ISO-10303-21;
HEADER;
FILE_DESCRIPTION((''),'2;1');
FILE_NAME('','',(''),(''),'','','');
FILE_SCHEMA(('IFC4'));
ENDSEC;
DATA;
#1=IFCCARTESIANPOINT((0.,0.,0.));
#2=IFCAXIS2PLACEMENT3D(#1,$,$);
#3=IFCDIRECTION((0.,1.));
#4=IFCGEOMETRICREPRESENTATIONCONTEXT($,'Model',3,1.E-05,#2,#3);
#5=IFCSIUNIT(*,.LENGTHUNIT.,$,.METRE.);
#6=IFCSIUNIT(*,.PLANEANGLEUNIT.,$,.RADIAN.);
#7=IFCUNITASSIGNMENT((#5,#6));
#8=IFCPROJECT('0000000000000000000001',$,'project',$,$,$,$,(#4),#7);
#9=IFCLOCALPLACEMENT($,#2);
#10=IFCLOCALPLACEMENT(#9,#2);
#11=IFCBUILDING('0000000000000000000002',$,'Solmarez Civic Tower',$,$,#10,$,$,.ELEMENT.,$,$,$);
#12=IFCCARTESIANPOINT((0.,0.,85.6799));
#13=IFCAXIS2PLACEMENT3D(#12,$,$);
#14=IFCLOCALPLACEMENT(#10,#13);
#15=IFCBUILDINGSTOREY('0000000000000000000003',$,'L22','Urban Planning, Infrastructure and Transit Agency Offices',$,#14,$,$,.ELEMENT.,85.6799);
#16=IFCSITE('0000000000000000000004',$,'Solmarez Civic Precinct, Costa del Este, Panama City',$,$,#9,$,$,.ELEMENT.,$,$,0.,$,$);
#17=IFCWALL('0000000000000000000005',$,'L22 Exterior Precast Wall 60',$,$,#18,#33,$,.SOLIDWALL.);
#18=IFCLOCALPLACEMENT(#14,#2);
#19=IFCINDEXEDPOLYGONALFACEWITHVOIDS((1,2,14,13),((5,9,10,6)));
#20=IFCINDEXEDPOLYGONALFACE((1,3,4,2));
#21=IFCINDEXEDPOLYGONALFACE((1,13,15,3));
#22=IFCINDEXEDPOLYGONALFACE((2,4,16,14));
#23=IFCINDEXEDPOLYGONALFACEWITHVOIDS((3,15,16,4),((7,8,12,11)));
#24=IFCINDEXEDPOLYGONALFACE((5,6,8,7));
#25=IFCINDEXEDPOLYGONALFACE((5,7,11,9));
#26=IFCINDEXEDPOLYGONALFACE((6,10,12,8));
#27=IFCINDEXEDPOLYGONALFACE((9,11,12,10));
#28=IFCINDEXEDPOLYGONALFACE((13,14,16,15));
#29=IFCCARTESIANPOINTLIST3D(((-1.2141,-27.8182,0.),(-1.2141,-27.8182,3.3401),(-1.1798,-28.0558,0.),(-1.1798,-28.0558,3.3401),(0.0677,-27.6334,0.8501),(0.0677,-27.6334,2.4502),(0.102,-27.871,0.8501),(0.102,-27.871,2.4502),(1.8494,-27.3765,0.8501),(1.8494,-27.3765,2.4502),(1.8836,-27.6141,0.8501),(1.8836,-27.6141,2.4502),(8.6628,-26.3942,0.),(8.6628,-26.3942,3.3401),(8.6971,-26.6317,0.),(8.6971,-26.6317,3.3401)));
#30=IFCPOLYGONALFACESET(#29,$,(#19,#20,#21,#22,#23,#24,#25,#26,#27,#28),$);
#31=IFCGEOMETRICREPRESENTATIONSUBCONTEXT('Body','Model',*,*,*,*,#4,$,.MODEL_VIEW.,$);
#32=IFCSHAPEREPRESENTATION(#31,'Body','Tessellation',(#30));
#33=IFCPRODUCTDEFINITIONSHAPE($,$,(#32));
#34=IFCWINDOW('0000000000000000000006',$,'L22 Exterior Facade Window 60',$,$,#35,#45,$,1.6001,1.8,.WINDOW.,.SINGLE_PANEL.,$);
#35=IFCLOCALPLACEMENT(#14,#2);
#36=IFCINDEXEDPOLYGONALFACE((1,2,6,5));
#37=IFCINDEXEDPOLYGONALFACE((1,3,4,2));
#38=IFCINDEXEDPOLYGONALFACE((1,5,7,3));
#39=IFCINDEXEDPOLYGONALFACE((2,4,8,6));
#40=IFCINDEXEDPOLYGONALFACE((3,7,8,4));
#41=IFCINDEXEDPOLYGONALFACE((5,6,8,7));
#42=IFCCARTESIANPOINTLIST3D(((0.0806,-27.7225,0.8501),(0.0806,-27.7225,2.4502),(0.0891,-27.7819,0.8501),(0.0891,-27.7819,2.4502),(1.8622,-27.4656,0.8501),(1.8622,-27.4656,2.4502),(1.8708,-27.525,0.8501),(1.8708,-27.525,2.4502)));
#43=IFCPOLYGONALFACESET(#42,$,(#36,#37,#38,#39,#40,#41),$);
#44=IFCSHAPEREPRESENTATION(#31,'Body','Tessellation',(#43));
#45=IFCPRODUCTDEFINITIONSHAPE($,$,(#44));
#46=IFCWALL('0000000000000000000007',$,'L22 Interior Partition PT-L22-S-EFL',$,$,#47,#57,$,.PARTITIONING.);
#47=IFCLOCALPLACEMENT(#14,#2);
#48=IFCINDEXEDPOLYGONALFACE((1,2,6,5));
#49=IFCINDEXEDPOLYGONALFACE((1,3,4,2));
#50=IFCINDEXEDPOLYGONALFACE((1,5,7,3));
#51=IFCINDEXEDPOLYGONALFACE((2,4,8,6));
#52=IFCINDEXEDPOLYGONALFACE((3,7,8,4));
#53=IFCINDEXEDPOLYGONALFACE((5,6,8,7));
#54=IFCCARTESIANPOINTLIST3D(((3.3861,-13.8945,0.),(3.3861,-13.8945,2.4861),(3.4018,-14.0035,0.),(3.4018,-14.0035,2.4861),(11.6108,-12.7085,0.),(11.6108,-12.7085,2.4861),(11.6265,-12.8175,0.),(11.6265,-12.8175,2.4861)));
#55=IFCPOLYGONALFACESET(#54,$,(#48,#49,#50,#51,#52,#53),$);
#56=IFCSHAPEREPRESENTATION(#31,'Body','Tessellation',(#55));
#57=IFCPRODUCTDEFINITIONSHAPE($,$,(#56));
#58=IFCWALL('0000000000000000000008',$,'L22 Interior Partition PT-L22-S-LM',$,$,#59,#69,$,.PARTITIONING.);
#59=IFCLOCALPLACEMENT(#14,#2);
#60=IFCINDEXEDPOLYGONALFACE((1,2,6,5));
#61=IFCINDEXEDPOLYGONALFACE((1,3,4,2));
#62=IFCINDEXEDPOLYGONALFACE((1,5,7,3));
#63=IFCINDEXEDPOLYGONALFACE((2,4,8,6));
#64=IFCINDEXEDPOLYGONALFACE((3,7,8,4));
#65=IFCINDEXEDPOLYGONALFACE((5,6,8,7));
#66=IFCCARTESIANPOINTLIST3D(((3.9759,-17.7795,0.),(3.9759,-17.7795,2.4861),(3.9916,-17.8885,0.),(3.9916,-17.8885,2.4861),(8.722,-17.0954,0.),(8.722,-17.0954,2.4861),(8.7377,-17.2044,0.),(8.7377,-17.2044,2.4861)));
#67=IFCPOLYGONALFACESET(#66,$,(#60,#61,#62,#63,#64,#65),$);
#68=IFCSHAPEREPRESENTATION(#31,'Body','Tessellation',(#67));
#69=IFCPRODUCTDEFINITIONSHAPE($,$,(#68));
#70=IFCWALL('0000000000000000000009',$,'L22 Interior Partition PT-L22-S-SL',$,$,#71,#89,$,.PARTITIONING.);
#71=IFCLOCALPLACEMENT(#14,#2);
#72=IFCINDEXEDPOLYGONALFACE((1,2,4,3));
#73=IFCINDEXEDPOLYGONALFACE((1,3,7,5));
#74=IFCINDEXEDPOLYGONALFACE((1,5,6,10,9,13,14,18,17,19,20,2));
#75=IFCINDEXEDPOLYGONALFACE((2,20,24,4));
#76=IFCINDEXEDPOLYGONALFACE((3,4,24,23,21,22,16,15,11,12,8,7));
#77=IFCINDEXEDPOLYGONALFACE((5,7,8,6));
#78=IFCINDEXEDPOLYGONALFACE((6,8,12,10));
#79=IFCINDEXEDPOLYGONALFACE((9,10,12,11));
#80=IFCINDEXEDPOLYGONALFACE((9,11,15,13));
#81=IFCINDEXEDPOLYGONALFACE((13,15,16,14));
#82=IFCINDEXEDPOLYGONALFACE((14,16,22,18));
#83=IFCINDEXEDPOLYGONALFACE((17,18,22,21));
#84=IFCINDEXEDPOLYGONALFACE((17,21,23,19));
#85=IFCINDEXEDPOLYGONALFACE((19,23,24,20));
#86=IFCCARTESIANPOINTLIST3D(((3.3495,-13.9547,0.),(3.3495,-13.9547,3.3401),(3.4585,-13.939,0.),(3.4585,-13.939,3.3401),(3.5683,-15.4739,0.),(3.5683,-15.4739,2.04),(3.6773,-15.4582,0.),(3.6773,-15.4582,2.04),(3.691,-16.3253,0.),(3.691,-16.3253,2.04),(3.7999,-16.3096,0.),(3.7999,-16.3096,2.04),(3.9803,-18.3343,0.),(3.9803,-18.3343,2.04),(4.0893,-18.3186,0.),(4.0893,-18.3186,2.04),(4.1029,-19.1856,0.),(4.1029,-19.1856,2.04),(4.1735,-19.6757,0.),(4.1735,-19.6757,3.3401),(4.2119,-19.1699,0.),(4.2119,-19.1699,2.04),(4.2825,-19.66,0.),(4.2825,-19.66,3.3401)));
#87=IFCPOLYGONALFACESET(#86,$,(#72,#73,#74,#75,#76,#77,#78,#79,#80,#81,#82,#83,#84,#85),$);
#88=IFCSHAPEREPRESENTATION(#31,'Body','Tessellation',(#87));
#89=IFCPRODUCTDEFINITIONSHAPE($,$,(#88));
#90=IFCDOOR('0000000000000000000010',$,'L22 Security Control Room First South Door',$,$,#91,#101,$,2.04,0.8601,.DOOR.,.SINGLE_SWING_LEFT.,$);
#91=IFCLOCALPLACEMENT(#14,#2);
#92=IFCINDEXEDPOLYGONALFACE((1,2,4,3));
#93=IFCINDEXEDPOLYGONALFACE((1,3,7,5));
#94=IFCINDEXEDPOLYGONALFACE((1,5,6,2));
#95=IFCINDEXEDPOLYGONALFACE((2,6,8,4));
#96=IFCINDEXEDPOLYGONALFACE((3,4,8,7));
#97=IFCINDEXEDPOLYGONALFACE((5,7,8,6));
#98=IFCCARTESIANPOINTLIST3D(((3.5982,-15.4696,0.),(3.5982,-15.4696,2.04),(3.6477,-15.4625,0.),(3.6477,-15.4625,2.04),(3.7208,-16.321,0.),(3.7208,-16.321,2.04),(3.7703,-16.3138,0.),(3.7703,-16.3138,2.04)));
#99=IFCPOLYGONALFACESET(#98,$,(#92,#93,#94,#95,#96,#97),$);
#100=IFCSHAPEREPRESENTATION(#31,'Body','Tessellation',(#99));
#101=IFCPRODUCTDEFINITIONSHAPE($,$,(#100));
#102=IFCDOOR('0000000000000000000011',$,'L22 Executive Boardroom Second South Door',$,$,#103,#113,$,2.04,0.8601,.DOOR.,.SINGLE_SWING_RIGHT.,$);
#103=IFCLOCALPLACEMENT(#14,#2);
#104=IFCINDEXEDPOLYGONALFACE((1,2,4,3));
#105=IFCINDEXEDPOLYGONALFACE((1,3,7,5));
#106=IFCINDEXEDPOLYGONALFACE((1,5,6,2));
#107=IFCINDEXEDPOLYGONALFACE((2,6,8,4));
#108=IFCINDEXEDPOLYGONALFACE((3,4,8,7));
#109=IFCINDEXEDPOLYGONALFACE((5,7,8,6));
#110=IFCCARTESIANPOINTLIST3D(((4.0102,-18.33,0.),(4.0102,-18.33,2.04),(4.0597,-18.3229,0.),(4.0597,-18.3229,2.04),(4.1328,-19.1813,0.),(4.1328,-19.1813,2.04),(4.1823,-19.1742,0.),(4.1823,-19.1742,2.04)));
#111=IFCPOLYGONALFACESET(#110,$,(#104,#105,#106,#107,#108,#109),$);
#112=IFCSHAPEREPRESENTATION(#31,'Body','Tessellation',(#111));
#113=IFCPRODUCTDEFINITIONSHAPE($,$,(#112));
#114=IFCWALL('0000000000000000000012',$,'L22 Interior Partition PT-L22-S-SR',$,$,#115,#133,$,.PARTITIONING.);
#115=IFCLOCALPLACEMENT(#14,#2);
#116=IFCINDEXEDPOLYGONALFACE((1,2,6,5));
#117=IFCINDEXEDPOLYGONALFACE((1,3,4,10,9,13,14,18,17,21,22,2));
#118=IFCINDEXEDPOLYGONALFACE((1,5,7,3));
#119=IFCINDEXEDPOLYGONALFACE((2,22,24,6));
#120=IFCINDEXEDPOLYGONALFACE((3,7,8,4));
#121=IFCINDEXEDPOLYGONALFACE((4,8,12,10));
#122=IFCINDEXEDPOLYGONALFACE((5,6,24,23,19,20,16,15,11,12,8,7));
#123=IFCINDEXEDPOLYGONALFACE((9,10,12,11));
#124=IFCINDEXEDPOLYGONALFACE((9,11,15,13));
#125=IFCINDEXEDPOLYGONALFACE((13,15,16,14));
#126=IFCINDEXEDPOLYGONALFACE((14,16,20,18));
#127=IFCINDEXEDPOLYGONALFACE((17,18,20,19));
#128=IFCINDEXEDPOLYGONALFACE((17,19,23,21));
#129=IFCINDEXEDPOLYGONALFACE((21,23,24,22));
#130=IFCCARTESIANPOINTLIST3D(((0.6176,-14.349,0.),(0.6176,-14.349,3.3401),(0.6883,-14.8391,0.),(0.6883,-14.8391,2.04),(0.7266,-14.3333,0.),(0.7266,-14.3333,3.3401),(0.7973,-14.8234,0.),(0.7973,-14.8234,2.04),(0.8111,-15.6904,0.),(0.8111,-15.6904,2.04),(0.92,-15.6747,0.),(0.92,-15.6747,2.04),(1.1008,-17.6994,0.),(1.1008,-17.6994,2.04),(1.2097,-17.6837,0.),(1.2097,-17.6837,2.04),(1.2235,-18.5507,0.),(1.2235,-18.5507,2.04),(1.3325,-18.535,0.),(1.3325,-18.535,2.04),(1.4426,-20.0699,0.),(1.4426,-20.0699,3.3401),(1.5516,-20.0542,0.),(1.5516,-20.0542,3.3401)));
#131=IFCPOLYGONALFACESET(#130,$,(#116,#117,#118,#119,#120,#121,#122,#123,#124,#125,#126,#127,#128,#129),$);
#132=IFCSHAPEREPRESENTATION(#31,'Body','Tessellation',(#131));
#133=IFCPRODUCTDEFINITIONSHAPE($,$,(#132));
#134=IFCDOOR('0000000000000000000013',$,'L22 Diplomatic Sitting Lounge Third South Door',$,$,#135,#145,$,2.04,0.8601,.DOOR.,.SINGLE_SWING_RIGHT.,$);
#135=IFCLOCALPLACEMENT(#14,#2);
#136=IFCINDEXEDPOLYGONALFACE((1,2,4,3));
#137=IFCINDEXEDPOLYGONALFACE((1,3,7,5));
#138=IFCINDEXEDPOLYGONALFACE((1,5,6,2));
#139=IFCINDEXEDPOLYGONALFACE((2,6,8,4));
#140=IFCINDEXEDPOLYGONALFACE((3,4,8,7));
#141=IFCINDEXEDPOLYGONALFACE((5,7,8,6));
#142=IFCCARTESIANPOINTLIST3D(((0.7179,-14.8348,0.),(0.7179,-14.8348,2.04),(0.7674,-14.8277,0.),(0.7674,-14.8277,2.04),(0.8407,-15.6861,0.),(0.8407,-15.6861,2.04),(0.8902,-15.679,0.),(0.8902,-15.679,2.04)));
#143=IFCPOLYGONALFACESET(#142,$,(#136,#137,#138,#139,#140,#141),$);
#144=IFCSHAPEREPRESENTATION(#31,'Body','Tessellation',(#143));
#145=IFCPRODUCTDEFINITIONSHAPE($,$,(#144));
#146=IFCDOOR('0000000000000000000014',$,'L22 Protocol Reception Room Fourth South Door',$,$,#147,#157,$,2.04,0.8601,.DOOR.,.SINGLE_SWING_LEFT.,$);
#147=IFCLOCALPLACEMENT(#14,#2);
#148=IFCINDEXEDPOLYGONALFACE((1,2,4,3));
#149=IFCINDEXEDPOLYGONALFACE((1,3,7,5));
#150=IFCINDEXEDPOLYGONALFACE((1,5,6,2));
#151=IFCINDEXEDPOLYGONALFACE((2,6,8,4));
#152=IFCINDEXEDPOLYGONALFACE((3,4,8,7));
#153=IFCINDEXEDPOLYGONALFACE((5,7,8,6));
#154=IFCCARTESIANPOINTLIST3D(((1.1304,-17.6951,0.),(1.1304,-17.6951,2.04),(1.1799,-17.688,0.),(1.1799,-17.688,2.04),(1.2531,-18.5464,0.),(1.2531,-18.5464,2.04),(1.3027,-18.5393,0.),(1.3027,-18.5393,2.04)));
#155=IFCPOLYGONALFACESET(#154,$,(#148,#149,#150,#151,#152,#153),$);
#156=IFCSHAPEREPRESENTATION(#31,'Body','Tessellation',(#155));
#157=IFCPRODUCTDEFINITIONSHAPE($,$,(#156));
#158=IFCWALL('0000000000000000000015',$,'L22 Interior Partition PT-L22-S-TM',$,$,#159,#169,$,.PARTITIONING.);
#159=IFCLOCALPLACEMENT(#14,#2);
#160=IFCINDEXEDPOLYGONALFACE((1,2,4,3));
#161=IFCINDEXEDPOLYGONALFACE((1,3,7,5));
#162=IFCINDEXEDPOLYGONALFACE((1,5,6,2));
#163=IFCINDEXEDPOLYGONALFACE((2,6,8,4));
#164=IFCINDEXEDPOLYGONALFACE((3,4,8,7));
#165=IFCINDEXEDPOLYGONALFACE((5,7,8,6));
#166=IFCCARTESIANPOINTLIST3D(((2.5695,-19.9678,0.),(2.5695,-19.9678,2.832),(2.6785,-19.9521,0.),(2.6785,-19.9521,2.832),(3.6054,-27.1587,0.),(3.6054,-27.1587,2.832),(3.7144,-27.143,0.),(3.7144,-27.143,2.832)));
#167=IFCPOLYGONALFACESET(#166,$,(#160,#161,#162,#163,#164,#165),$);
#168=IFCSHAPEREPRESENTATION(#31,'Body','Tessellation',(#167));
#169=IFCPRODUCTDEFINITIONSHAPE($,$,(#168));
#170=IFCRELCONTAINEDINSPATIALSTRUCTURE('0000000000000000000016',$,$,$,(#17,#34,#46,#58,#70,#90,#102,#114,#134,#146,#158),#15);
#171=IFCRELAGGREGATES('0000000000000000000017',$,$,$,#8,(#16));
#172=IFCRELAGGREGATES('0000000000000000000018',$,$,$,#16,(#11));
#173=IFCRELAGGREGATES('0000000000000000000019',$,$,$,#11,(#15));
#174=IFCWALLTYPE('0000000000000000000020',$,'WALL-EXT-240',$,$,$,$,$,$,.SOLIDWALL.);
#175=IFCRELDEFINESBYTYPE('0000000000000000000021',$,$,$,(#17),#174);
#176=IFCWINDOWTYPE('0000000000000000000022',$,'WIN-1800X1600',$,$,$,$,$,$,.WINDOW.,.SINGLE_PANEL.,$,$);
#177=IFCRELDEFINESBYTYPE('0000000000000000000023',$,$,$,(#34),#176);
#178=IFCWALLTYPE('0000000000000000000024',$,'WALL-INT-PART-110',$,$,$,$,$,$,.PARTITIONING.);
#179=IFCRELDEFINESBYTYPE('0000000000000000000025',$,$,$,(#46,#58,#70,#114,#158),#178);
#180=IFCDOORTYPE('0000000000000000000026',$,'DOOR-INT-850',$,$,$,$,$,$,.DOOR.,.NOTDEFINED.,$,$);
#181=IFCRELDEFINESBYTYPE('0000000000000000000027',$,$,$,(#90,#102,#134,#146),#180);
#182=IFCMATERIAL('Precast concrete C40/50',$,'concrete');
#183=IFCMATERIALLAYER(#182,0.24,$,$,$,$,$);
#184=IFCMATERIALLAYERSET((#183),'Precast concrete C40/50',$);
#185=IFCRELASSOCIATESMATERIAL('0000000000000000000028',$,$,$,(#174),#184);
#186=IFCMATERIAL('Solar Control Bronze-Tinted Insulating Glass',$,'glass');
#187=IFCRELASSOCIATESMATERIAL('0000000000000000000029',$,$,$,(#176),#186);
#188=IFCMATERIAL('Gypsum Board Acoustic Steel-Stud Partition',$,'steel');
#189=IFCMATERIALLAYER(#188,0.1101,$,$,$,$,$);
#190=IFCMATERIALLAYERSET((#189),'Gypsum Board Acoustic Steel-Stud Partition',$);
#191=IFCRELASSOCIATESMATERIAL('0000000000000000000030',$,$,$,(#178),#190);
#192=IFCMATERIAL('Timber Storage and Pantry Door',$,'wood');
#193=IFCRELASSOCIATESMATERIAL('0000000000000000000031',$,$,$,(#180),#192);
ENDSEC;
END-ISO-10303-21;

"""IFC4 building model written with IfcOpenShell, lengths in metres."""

from ifc_helpers import new_model, si_unit, direction, frame, frame_2d, origin, place, context, subcontext, project, spatial, rectangle, extrude, material, layer, layer_set, type_object, element, fill, save


model = new_model("IFC4")

# Units and contexts
model_context = context("Model", 3, precision=1e-05, world=origin(), true_north=direction((0.0, 1.0)))
body_context = subcontext(model_context, "Body", "Model", "MODEL_VIEW")
ifc_project = project(units=[si_unit("LENGTHUNIT", "METRE"), si_unit("PLANEANGLEUNIT", "RADIAN")], contexts=[model_context])

# Site, building, storey
site_placement = place(None, origin())
site = spatial("IfcSite", under=ifc_project, at=site_placement, Name="Solmarez Civic Precinct, Costa del Este, Panama City", CompositionType="ELEMENT", RefElevation=0.0)
building_placement = place(site_placement, origin())
building = spatial("IfcBuilding", under=site, at=building_placement, Name="Solmarez Civic Tower", CompositionType="ELEMENT")
storey_placement = place(building_placement, frame((0.0, 0.0, 85.6799)))
storey = spatial("IfcBuildingStorey", under=building, at=storey_placement, Name="L22", Description="Urban Planning, Infrastructure and Transit Agency Offices", CompositionType="ELEMENT", Elevation=85.6799)

# Wall, opening, window
ifc_material_1 = material(Name="Precast concrete C40/50", Category="concrete")
ifc_layer_1 = layer(ifc_material_1, 0.24)
ifc_layer_set_1 = layer_set([ifc_layer_1], Name="Precast concrete C40/50")
wall_type_1 = type_object("IfcWallType", Name="WALL-EXT-240", PredefinedType="SOLIDWALL", material=ifc_layer_set_1)
ifc_material_2 = material(Name="Solar Control Bronze-Tinted Insulating Glass", Category="glass")
wall_1_placement = place(storey_placement, frame((8.6799, -26.5129, 0.0), z_axis=(0.0, 0.0, 1.0), x_axis=(-0.989765, -0.142706, 0.0)))
wall_1 = element("IfcWall", 1, at=wall_1_placement, inside=storey, type_object=wall_type_1, Name="L22 Exterior Precast Wall 60", PredefinedType="SOLIDWALL", context=body_context, shape_type="SweptSolid", body=[
    extrude(rectangle(XDim=9.979, YDim=0.24, at=frame_2d((4.9895, 0.0))), origin(), (0.0, 0.0, 1.0), 3.3401),
])
opening_1_placement = place(wall_1_placement, frame((6.884, 0.0, 0.8501)))
opening_1 = element("IfcOpeningElement", 2, at=opening_1_placement, cuts=wall_1, PredefinedType="OPENING", context=body_context, shape_type="SweptSolid", body=[
    extrude(rectangle(XDim=1.8, YDim=1.6001, at=frame_2d((0.8999, 0.8))), frame((0.0, 0.1299, 0.0), z_axis=(0.0, -1.0, 0.0), x_axis=(1.0, 0.0, 0.0)), (0.0, 0.0, 1.0), 0.26),
])
window_type_1 = type_object("IfcWindowType", Name="WIN-1800X1600", PartitioningType="SINGLE_PANEL", PredefinedType="WINDOW", material=ifc_material_2)
window_1_placement = place(opening_1_placement, origin())
window_1 = element("IfcWindow", 3, at=window_1_placement, inside=storey, type_object=window_type_1, Name="L22 Exterior Facade Window 60", OverallHeight=1.6001, OverallWidth=1.8, PartitioningType="SINGLE_PANEL", PredefinedType="WINDOW", context=body_context, shape_type="SweptSolid", body=[
    extrude(rectangle(XDim=1.8, YDim=1.6001, at=frame_2d((0.8999, 0.8))), frame((0.0, 0.03, 0.0), z_axis=(0.0, -1.0, 0.0), x_axis=(1.0, 0.0, 0.0)), (0.0, 0.0, 1.0), 0.0601),
])
fill(opening_1, window_1)

# Walls
ifc_material_3 = material(Name="Gypsum Board Acoustic Steel-Stud Partition", Category="steel")
ifc_layer_2 = layer(ifc_material_3, 0.1101)
ifc_layer_set_2 = layer_set([ifc_layer_2], Name="Gypsum Board Acoustic Steel-Stud Partition")
wall_type_2 = type_object("IfcWallType", Name="WALL-INT-PART-110", PredefinedType="PARTITIONING", material=ifc_layer_set_2)
wall_2_placement = place(storey_placement, frame((3.394, -13.949, 0.0), z_axis=(0.0, 0.0, 1.0), x_axis=(0.989762, 0.142725, 0.0)))
element("IfcWall", 4, at=wall_2_placement, inside=storey, type_object=wall_type_2, Name="L22 Interior Partition PT-L22-S-EFL", PredefinedType="PARTITIONING", context=body_context, shape_type="SweptSolid", body=[
    extrude(rectangle(XDim=8.3098, YDim=0.1101, at=frame_2d((4.1548, 0.0))), origin(), (0.0, 0.0, 1.0), 2.4861),
])
wall_3_placement = place(storey_placement, frame((3.9839, -17.834, 0.0), z_axis=(0.0, 0.0, 1.0), x_axis=(0.989772, 0.142662, 0.0)))
element("IfcWall", 5, at=wall_3_placement, inside=storey, type_object=wall_type_2, Name="L22 Interior Partition PT-L22-S-LM", PredefinedType="PARTITIONING", context=body_context, shape_type="SweptSolid", body=[
    extrude(rectangle(XDim=4.7952, YDim=0.1101, at=frame_2d((2.3975, 0.0))), origin(), (0.0, 0.0, 1.0), 2.4861),
])

# Walls, openings, doors
wall_4_placement = place(storey_placement, frame((4.228, -19.668, 0.0), z_axis=(0.0, 0.0, 1.0), x_axis=(-0.142557, 0.989787, 0.0)))
wall_4 = element("IfcWall", 6, at=wall_4_placement, inside=storey, type_object=wall_type_2, Name="L22 Interior Partition PT-L22-S-SL", PredefinedType="PARTITIONING", context=body_context, shape_type="SweptSolid", body=[
    extrude(rectangle(XDim=5.78, YDim=0.1101, at=frame_2d((2.8901, 0.0))), origin(), (0.0, 0.0, 1.0), 3.3401),
])
opening_2_placement = place(wall_4_placement, frame((3.385, 0.0, 0.0)))
opening_2 = element("IfcOpeningElement", 7, at=opening_2_placement, cuts=wall_4, PredefinedType="OPENING", context=body_context, shape_type="SweptSolid", body=[
    extrude(rectangle(XDim=0.8601, YDim=2.04, at=frame_2d((0.4302, 1.02))), frame((0.0, 0.0649, 0.0), z_axis=(0.0, -1.0, 0.0), x_axis=(1.0, 0.0, 0.0)), (0.0, 0.0, 1.0), 0.1301),
])
opening_3_placement = place(wall_4_placement, frame((0.4951, 0.0, 0.0)))
opening_3 = element("IfcOpeningElement", 8, at=opening_3_placement, cuts=wall_4, PredefinedType="OPENING", context=body_context, shape_type="SweptSolid", body=[
    extrude(rectangle(XDim=0.8601, YDim=2.04, at=frame_2d((0.4302, 1.02))), frame((0.0, 0.0649, 0.0), z_axis=(0.0, -1.0, 0.0), x_axis=(1.0, 0.0, 0.0)), (0.0, 0.0, 1.0), 0.1301),
])
ifc_material_4 = material(Name="Timber Storage and Pantry Door", Category="wood")
door_type = type_object("IfcDoorType", Name="DOOR-INT-850", OperationType="NOTDEFINED", PredefinedType="DOOR", material=ifc_material_4)
door_1_placement = place(opening_2_placement, origin())
door_1 = element("IfcDoor", 9, at=door_1_placement, inside=storey, type_object=door_type, Name="L22 Security Control Room First South Door", OperationType="SINGLE_SWING_LEFT", OverallHeight=2.04, OverallWidth=0.8601, PredefinedType="DOOR", context=body_context, shape_type="SweptSolid", body=[
    extrude(rectangle(XDim=0.8601, YDim=2.04, at=frame_2d((0.4302, 1.02))), frame((0.0, 0.0249, 0.0), z_axis=(0.0, -1.0, 0.0), x_axis=(1.0, 0.0, 0.0)), (0.0, 0.0, 1.0), 0.05),
])
fill(opening_2, door_1)
door_2_placement = place(opening_3_placement, origin())
door_2 = element("IfcDoor", 10, at=door_2_placement, inside=storey, type_object=door_type, Name="L22 Executive Boardroom Second South Door", OperationType="SINGLE_SWING_RIGHT", OverallHeight=2.04, OverallWidth=0.8601, PredefinedType="DOOR", context=body_context, shape_type="SweptSolid", body=[
    extrude(rectangle(XDim=0.8601, YDim=2.04, at=frame_2d((0.4302, 1.02))), frame((0.0, 0.0249, 0.0), z_axis=(0.0, -1.0, 0.0), x_axis=(1.0, 0.0, 0.0)), (0.0, 0.0, 1.0), 0.05),
])
fill(opening_3, door_2)
wall_5_placement = place(storey_placement, frame((0.6721, -14.3411, 0.0), z_axis=(0.0, 0.0, 1.0), x_axis=(0.142722, -0.989763, 0.0)))
wall_5 = element("IfcWall", 11, at=wall_5_placement, inside=storey, type_object=wall_type_2, Name="L22 Interior Partition PT-L22-S-SR", PredefinedType="PARTITIONING", context=body_context, shape_type="SweptSolid", body=[
    extrude(rectangle(XDim=5.78, YDim=0.1101, at=frame_2d((2.8901, 0.0))), origin(), (0.0, 0.0, 1.0), 3.3401),
])
opening_4_placement = place(wall_5_placement, frame((0.4951, 0.0, 0.0)))
opening_4 = element("IfcOpeningElement", 12, at=opening_4_placement, cuts=wall_5, PredefinedType="OPENING", context=body_context, shape_type="SweptSolid", body=[
    extrude(rectangle(XDim=0.8601, YDim=2.04, at=frame_2d((0.4302, 1.02))), frame((0.0, 0.0649, 0.0), z_axis=(0.0, -1.0, 0.0), x_axis=(1.0, 0.0, 0.0)), (0.0, 0.0, 1.0), 0.1301),
])
opening_5_placement = place(wall_5_placement, frame((3.385, 0.0, 0.0)))
opening_5 = element("IfcOpeningElement", 13, at=opening_5_placement, cuts=wall_5, PredefinedType="OPENING", context=body_context, shape_type="SweptSolid", body=[
    extrude(rectangle(XDim=0.8601, YDim=2.04, at=frame_2d((0.4302, 1.02))), frame((0.0, 0.0649, 0.0), z_axis=(0.0, -1.0, 0.0), x_axis=(1.0, 0.0, 0.0)), (0.0, 0.0, 1.0), 0.1301),
])
door_3_placement = place(opening_4_placement, origin())
door_3 = element("IfcDoor", 14, at=door_3_placement, inside=storey, type_object=door_type, Name="L22 Diplomatic Sitting Lounge Third South Door", OperationType="SINGLE_SWING_RIGHT", OverallHeight=2.04, OverallWidth=0.8601, PredefinedType="DOOR", context=body_context, shape_type="SweptSolid", body=[
    extrude(rectangle(XDim=0.8601, YDim=2.04, at=frame_2d((0.4302, 1.02))), frame((0.0, 0.0249, 0.0), z_axis=(0.0, -1.0, 0.0), x_axis=(1.0, 0.0, 0.0)), (0.0, 0.0, 1.0), 0.05),
])
fill(opening_4, door_3)
door_4_placement = place(opening_5_placement, origin())
door_4 = element("IfcDoor", 15, at=door_4_placement, inside=storey, type_object=door_type, Name="L22 Protocol Reception Room Fourth South Door", OperationType="SINGLE_SWING_LEFT", OverallHeight=2.04, OverallWidth=0.8601, PredefinedType="DOOR", context=body_context, shape_type="SweptSolid", body=[
    extrude(rectangle(XDim=0.8601, YDim=2.04, at=frame_2d((0.4302, 1.02))), frame((0.0, 0.0249, 0.0), z_axis=(0.0, -1.0, 0.0), x_axis=(1.0, 0.0, 0.0)), (0.0, 0.0, 1.0), 0.05),
])
fill(opening_5, door_4)

# Wall
wall_6_placement = place(storey_placement, frame((2.624, -19.96, 0.0), z_axis=(0.0, 0.0, 1.0), x_axis=(0.142583, -0.989783, 0.0)))
element("IfcWall", 16, at=wall_6_placement, inside=storey, type_object=wall_type_2, Name="L22 Interior Partition PT-L22-S-TM", PredefinedType="PARTITIONING", context=body_context, shape_type="SweptSolid", body=[
    extrude(rectangle(XDim=7.2651, YDim=0.1101, at=frame_2d((3.6326, 0.0))), origin(), (0.0, 0.0, 1.0), 2.832),
])

save(model, "model.ifc")
